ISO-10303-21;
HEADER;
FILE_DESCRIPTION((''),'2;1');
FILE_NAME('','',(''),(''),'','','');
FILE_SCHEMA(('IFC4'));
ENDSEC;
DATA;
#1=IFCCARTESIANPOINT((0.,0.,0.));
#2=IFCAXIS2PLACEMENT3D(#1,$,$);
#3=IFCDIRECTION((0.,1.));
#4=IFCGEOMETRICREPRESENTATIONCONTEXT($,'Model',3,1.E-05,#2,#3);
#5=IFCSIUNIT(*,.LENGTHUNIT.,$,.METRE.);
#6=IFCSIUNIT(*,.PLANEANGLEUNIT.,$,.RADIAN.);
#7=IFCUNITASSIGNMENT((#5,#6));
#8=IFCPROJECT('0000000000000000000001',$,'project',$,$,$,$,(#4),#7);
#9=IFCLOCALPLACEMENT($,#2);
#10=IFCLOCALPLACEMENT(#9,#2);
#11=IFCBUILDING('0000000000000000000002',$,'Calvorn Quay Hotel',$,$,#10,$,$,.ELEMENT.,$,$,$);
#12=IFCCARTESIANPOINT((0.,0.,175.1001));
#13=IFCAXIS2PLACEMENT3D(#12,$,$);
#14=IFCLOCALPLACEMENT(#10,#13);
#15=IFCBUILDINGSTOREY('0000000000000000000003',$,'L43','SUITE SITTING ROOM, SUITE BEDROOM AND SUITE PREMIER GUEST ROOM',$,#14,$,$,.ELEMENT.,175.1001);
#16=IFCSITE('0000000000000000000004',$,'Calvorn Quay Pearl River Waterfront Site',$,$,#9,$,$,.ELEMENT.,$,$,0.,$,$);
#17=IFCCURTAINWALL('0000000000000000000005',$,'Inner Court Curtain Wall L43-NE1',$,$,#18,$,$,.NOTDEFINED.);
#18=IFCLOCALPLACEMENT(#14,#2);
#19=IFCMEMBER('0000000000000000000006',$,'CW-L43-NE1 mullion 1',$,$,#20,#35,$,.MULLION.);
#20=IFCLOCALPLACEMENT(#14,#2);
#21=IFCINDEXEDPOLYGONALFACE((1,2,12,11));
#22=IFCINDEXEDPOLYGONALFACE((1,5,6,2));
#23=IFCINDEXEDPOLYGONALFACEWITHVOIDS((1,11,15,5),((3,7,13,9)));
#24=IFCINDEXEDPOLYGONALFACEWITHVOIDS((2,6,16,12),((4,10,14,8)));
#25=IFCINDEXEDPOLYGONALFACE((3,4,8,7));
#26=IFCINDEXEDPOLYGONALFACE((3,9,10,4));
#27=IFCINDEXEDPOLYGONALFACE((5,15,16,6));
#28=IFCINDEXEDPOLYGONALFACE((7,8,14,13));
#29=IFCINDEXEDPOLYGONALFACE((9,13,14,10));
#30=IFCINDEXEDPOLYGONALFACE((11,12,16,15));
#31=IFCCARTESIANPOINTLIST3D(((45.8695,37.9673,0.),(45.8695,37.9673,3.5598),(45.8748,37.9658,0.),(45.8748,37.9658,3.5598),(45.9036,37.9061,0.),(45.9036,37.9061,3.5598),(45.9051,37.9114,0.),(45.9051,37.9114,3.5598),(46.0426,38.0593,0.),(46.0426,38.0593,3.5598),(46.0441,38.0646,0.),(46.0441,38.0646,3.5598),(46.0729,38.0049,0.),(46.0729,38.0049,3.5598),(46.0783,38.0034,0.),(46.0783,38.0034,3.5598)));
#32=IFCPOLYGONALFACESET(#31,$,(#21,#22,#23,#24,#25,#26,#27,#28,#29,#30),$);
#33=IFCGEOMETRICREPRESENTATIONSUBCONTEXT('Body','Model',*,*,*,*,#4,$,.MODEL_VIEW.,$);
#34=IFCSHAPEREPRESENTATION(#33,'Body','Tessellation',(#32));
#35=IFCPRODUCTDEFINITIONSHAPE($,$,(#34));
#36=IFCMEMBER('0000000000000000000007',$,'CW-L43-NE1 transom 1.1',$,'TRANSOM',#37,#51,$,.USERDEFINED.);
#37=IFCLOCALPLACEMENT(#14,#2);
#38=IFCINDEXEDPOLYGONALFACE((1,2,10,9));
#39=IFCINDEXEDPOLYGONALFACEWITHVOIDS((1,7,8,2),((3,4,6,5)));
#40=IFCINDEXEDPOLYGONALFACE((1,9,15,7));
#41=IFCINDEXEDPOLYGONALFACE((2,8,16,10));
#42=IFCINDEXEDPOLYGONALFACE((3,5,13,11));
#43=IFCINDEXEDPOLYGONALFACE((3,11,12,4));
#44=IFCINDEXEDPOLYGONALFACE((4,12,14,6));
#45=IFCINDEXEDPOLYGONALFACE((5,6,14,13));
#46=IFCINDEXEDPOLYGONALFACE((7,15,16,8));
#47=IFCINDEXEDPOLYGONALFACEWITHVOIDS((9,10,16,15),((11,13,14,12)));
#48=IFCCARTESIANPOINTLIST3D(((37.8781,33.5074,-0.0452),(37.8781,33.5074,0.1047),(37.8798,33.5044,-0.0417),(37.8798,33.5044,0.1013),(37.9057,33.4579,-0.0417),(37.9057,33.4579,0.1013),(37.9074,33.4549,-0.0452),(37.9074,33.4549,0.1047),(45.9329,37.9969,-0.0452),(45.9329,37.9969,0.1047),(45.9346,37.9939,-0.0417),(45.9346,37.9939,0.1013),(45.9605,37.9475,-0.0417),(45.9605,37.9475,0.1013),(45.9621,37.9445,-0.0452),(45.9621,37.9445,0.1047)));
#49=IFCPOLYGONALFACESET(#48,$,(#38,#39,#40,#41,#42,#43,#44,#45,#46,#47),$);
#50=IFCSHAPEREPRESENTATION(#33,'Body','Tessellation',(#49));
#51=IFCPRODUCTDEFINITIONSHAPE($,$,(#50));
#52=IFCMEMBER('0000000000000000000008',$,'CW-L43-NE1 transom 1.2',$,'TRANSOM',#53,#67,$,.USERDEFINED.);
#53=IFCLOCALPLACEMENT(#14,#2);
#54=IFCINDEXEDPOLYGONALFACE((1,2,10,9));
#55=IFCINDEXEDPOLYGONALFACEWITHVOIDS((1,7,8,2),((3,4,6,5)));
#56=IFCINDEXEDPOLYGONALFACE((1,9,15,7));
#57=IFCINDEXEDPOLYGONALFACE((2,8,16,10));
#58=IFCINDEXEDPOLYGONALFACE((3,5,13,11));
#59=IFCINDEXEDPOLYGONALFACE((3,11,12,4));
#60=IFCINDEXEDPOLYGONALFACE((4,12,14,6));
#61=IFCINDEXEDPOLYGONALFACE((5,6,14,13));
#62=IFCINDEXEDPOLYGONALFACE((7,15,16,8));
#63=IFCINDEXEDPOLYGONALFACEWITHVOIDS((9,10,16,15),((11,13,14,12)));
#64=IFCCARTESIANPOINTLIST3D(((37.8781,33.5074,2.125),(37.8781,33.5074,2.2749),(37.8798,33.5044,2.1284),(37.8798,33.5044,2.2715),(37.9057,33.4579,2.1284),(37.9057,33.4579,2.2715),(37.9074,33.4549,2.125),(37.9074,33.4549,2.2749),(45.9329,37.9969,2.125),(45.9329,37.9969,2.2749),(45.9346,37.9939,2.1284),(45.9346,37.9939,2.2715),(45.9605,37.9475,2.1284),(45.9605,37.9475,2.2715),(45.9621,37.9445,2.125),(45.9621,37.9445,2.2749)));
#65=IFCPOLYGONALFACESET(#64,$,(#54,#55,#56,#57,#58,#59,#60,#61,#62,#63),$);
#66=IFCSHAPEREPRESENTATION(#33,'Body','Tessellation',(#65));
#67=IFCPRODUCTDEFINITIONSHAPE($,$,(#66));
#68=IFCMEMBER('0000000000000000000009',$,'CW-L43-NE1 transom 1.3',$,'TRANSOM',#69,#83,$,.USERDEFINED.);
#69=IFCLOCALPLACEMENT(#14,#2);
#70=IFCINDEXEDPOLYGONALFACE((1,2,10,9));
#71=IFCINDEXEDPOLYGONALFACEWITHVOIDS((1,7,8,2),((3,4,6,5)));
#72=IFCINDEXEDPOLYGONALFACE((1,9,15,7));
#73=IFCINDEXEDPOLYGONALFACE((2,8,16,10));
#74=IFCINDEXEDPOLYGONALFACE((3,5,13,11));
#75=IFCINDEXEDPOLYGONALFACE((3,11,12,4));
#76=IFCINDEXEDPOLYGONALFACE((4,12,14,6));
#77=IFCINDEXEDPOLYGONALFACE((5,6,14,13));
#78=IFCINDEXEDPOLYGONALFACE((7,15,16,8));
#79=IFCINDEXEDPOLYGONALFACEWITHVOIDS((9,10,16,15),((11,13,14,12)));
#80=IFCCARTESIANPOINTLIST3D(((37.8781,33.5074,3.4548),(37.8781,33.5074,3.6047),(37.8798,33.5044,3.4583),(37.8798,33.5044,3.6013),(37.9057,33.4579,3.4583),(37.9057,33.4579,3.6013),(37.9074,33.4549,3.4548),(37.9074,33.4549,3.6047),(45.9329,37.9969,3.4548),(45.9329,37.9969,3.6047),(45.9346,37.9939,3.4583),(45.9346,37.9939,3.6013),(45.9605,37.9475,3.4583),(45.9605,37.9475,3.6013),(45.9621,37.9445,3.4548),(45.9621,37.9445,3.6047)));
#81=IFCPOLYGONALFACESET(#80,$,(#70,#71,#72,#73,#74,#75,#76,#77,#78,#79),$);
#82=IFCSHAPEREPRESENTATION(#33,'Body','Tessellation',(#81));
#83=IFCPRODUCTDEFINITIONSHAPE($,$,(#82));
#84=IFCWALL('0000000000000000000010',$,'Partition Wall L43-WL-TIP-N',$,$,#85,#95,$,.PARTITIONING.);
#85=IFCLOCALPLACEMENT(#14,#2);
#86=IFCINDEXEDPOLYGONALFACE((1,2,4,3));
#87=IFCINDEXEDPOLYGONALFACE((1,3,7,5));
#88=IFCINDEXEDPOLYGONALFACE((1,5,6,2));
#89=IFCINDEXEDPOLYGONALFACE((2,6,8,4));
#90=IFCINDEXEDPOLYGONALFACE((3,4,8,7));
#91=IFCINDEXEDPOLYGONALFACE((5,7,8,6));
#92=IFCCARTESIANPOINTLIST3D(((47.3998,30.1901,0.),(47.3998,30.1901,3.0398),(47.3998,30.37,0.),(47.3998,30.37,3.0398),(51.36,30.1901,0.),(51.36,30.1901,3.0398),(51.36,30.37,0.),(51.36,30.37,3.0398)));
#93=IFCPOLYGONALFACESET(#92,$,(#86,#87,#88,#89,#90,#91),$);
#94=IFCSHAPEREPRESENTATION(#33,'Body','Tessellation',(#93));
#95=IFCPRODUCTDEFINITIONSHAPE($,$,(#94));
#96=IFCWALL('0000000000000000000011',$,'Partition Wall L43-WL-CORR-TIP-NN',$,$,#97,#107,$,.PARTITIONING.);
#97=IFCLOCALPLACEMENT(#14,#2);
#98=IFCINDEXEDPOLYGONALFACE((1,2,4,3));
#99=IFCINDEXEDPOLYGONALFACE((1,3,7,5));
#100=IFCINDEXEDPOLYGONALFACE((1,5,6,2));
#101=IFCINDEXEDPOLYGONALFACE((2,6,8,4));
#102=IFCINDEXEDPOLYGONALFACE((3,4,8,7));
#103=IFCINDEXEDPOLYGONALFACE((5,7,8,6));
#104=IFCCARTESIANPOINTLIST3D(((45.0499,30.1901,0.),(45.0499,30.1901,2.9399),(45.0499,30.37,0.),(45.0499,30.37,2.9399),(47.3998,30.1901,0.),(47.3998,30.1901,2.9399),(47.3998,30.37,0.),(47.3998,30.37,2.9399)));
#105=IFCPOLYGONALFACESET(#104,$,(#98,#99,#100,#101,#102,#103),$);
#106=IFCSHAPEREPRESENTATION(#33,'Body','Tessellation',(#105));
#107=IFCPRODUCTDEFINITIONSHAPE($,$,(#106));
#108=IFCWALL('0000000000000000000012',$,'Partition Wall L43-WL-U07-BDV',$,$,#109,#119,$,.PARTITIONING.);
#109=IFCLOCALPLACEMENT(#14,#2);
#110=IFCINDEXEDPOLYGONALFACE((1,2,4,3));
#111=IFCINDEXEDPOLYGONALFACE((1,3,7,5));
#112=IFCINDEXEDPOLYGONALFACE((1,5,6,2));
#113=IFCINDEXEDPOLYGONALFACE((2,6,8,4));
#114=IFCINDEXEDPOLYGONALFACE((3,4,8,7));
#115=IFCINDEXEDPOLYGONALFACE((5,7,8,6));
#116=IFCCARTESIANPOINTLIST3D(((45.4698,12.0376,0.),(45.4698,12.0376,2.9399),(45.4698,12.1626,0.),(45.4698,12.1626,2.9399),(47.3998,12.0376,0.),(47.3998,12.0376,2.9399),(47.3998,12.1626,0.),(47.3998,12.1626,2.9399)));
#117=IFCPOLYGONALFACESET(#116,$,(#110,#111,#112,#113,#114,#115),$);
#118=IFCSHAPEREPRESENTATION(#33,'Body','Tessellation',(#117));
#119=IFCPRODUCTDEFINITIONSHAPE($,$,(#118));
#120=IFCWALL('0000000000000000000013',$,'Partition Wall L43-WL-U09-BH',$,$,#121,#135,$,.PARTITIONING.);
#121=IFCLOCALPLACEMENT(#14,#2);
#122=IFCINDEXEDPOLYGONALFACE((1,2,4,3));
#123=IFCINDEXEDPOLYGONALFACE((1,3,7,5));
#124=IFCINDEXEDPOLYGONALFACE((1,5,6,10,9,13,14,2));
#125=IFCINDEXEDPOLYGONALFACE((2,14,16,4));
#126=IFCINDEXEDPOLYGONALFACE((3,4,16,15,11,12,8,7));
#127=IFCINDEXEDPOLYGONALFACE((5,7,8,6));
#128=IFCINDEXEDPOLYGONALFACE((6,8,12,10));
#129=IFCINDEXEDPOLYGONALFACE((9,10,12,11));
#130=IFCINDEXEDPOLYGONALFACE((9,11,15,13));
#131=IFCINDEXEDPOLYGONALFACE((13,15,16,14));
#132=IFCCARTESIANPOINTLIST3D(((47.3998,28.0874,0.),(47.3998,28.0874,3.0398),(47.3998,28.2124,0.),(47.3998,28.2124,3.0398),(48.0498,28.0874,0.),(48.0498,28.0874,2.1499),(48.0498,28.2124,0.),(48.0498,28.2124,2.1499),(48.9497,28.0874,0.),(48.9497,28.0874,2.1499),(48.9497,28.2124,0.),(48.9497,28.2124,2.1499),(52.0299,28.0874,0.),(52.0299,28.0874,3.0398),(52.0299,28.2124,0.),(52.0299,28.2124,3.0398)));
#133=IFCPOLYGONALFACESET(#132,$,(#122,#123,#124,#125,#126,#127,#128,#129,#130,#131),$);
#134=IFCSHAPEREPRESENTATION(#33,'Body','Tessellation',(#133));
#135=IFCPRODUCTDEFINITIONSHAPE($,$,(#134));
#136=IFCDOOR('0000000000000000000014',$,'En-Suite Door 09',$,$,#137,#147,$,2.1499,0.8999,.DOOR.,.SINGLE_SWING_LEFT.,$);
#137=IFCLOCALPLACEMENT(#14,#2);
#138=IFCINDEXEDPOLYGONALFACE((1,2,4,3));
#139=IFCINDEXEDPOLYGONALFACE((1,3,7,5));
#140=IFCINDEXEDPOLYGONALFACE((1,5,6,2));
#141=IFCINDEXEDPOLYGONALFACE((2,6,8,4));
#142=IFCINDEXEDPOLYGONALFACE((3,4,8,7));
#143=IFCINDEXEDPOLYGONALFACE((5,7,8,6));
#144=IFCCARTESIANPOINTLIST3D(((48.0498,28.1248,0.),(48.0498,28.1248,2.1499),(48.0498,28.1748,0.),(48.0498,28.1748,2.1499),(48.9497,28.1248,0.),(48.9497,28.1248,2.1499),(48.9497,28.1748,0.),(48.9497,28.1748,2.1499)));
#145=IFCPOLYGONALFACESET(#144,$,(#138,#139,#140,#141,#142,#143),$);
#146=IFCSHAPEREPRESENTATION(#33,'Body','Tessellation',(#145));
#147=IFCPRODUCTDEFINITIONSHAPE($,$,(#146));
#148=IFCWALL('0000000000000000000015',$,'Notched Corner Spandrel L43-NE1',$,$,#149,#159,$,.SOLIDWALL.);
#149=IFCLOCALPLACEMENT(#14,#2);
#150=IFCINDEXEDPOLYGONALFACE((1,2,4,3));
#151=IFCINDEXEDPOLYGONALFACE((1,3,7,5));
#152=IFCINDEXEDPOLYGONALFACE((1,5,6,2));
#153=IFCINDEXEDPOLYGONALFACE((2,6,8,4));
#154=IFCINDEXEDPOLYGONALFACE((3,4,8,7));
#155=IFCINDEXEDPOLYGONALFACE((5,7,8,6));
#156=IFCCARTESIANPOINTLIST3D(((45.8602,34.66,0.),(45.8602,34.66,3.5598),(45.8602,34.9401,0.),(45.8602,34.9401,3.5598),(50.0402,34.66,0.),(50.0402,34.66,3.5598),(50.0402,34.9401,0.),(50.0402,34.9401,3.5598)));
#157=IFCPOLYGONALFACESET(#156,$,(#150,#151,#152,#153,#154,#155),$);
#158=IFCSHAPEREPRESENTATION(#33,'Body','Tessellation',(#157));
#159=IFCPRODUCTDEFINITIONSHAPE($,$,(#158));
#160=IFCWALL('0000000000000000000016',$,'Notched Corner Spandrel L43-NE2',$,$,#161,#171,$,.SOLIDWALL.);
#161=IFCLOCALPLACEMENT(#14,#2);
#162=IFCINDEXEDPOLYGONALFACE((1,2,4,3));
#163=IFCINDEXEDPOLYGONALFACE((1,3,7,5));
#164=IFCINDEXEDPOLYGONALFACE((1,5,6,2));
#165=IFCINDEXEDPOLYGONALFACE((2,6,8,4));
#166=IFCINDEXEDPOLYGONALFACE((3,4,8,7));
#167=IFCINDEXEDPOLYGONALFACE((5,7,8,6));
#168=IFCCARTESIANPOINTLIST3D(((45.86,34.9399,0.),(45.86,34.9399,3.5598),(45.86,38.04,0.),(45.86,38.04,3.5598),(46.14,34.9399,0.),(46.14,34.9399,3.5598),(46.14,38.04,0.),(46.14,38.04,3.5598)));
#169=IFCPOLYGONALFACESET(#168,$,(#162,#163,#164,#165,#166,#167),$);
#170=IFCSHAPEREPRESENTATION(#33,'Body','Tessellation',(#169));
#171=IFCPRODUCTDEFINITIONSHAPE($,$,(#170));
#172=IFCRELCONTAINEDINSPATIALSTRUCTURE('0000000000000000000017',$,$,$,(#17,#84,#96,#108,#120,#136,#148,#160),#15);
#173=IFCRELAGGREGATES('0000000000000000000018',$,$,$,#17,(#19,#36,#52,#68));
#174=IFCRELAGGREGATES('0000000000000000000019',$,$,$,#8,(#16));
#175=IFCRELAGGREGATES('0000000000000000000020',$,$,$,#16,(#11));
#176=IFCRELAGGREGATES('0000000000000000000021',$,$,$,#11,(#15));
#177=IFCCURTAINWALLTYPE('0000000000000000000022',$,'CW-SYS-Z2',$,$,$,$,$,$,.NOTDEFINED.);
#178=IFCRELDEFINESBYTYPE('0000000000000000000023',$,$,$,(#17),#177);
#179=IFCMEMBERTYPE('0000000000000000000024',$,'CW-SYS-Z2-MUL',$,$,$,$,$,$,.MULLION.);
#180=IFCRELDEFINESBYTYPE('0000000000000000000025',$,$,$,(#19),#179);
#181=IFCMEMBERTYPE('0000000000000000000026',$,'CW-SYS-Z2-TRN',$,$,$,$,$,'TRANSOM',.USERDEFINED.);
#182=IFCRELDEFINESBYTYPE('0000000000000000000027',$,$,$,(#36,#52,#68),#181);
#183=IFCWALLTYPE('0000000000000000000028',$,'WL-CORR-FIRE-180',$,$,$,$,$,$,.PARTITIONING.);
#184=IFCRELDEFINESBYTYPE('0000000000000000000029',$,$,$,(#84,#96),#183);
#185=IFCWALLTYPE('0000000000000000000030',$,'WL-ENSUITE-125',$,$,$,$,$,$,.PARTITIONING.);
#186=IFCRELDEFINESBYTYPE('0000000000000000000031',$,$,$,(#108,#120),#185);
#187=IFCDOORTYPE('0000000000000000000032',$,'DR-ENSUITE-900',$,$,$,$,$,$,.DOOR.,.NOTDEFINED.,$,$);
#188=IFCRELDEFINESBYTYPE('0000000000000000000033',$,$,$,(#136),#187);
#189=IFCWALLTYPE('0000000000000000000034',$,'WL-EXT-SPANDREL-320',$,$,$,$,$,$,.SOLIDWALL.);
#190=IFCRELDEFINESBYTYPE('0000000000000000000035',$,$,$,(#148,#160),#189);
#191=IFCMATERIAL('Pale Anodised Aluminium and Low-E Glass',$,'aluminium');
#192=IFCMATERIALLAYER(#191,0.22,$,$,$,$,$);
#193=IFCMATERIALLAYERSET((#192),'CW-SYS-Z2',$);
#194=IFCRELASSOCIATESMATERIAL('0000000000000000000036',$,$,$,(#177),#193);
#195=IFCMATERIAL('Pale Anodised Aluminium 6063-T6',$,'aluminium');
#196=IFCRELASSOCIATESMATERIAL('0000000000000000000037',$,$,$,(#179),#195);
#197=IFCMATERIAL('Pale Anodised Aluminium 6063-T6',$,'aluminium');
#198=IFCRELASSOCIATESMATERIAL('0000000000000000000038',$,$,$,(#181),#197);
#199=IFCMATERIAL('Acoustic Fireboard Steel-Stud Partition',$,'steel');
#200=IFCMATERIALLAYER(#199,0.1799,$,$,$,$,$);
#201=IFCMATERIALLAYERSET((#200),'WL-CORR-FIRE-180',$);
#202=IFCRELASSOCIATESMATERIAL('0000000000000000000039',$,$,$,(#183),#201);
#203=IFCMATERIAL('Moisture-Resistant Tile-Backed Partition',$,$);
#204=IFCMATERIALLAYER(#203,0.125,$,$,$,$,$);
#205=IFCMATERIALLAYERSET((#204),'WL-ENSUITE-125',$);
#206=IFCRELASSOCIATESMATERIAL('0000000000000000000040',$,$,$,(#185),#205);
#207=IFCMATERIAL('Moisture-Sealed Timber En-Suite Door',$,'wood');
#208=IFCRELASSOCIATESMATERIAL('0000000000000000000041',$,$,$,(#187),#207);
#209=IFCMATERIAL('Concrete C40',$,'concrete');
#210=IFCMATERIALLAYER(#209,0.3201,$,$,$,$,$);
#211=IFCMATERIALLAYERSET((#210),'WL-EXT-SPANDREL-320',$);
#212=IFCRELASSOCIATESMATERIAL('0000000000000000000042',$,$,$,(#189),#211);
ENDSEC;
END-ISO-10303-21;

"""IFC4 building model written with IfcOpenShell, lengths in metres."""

from ifc_helpers import new_model, si_unit, direction, frame, frame_2d, origin, origin_2d, place, context, subcontext, project, spatial, rectangle, hollow_rectangle, extrude, material, layer, layer_set, material_profile, profile_set, type_object, element, fill, aggregate, save


model = new_model("IFC4")

# Units and contexts
model_context = context("Model", 3, precision=1e-05, world=origin(), true_north=direction((0.0, 1.0)))
body_context = subcontext(model_context, "Body", "Model", "MODEL_VIEW")
ifc_project = project(units=[si_unit("LENGTHUNIT", "METRE"), si_unit("PLANEANGLEUNIT", "RADIAN")], contexts=[model_context])

# Site, building, storey
site_placement = place(None, origin())
site = spatial("IfcSite", under=ifc_project, at=site_placement, Name="Calvorn Quay Pearl River Waterfront Site", CompositionType="ELEMENT", RefElevation=0.0)
building_placement = place(site_placement, origin())
building = spatial("IfcBuilding", under=site, at=building_placement, Name="Calvorn Quay Hotel", CompositionType="ELEMENT")
storey_placement = place(building_placement, frame((0.0, 0.0, 175.1001)))
storey = spatial("IfcBuildingStorey", under=building, at=storey_placement, Name="L43", Description="SUITE SITTING ROOM, SUITE BEDROOM AND SUITE PREMIER GUEST ROOM", CompositionType="ELEMENT", Elevation=175.1001)

# Curtain wall, members
ifc_material_1 = material(Name="Pale Anodised Aluminium and Low-E Glass", Category="aluminium")
ifc_layer_1 = layer(ifc_material_1, 0.22)
ifc_layer_set_1 = layer_set([ifc_layer_1], Name="CW-SYS-Z2")
curtain_wall_type = type_object("IfcCurtainWallType", Name="CW-SYS-Z2", PredefinedType="NOTDEFINED", material=ifc_layer_set_1)
curtain_wall_placement = place(storey_placement, origin())
curtain_wall = element("IfcCurtainWall", 1, at=curtain_wall_placement, inside=storey, type_object=curtain_wall_type, Name="Inner Court Curtain Wall L43-NE1", PredefinedType="NOTDEFINED")
ifc_material_2 = material(Name="Pale Anodised Aluminium 6063-T6", Category="aluminium")
ifc_material_profile_1 = material_profile(ifc_material_2, hollow_rectangle(XDim=0.0701, YDim=0.2, WallThickness=0.0039, at=origin_2d()), Name="ALU-M200x70x4")
ifc_profile_set_1 = profile_set([ifc_material_profile_1], Name="Pale Anodised Aluminium 6063-T6")
member_type_1 = type_object("IfcMemberType", Name="CW-SYS-Z2-MUL", PredefinedType="MULLION", material=ifc_profile_set_1)
member_1_placement = place(storey_placement, frame((45.9739, 37.9854, 0.0), z_axis=(0.0, 0.0, 1.0), x_axis=(0.486858, -0.873481, 0.0)))
member_1 = element("IfcMember", 2, at=member_1_placement, type_object=member_type_1, Name="CW-L43-NE1 mullion 1", PredefinedType="MULLION", context=body_context, shape_type="SweptSolid", body=[
    extrude(hollow_rectangle(XDim=0.0701, YDim=0.2, WallThickness=0.0039, at=origin_2d()), origin(), (0.0, 0.0, 1.0), 3.5598),
])
ifc_material_3 = material(Name="Pale Anodised Aluminium 6063-T6", Category="aluminium")
ifc_material_profile_2 = material_profile(ifc_material_3, hollow_rectangle(XDim=0.0601, YDim=0.1499, WallThickness=0.0034, at=origin_2d()), Name="ALU-T150x60x3.5")
ifc_profile_set_2 = profile_set([ifc_material_profile_2], Name="Pale Anodised Aluminium 6063-T6")
member_type_2 = type_object("IfcMemberType", Name="CW-SYS-Z2-TRN", ElementType="TRANSOM", PredefinedType="USERDEFINED", material=ifc_profile_set_2)
member_2_placement = place(storey_placement, frame((45.9475, 37.9707, 0.0298), z_axis=(-0.873481, -0.486859, 0.0), x_axis=(0.486859, -0.873481, 0.0)))
member_2 = element("IfcMember", 3, at=member_2_placement, type_object=member_type_2, Name="CW-L43-NE1 transom 1.1", ObjectType="TRANSOM", PredefinedType="USERDEFINED", context=body_context, shape_type="SweptSolid", body=[
    extrude(hollow_rectangle(XDim=0.0601, YDim=0.1499, WallThickness=0.0034, at=origin_2d()), origin(), (0.0, 0.0, 1.0), 9.2214),
])
member_3_placement = place(storey_placement, frame((45.9475, 37.9707, 2.2), z_axis=(-0.873481, -0.486859, 0.0), x_axis=(0.486859, -0.873481, 0.0)))
member_3 = element("IfcMember", 4, at=member_3_placement, type_object=member_type_2, Name="CW-L43-NE1 transom 1.2", ObjectType="TRANSOM", PredefinedType="USERDEFINED", context=body_context, shape_type="SweptSolid", body=[
    extrude(hollow_rectangle(XDim=0.0601, YDim=0.1499, WallThickness=0.0034, at=origin_2d()), origin(), (0.0, 0.0, 1.0), 9.2214),
])
member_4_placement = place(storey_placement, frame((45.9475, 37.9707, 3.5298), z_axis=(-0.873481, -0.486859, 0.0), x_axis=(0.486859, -0.873481, 0.0)))
member_4 = element("IfcMember", 5, at=member_4_placement, type_object=member_type_2, Name="CW-L43-NE1 transom 1.3", ObjectType="TRANSOM", PredefinedType="USERDEFINED", context=body_context, shape_type="SweptSolid", body=[
    extrude(hollow_rectangle(XDim=0.0601, YDim=0.1499, WallThickness=0.0034, at=origin_2d()), origin(), (0.0, 0.0, 1.0), 9.2214),
])
aggregate(curtain_wall, [member_1, member_2, member_3, member_4])

# Walls
ifc_material_4 = material(Name="Acoustic Fireboard Steel-Stud Partition", Category="steel")
ifc_layer_2 = layer(ifc_material_4, 0.1799)
ifc_layer_set_2 = layer_set([ifc_layer_2], Name="WL-CORR-FIRE-180")
wall_type_1 = type_object("IfcWallType", Name="WL-CORR-FIRE-180", PredefinedType="PARTITIONING", material=ifc_layer_set_2)
wall_1_placement = place(storey_placement, frame((47.3999, 30.28, 0.0), z_axis=(0.0, 0.0, 1.0), x_axis=(1.0, 0.0, 0.0)))
element("IfcWall", 6, at=wall_1_placement, inside=storey, type_object=wall_type_1, Name="Partition Wall L43-WL-TIP-N", PredefinedType="PARTITIONING", context=body_context, shape_type="SweptSolid", body=[
    extrude(rectangle(XDim=3.9602, YDim=0.1799, at=frame_2d((1.98, 0.0))), origin(), (0.0, 0.0, 1.0), 3.0398),
])
wall_2_placement = place(storey_placement, frame((45.05, 30.28, 0.0), z_axis=(0.0, 0.0, 1.0), x_axis=(1.0, 0.0, 0.0)))
element("IfcWall", 7, at=wall_2_placement, inside=storey, type_object=wall_type_1, Name="Partition Wall L43-WL-CORR-TIP-NN", PredefinedType="PARTITIONING", context=body_context, shape_type="SweptSolid", body=[
    extrude(rectangle(XDim=2.3499, YDim=0.1799, at=frame_2d((1.1748, 0.0))), origin(), (0.0, 0.0, 1.0), 2.9399),
])
ifc_material_5 = material(Name="Moisture-Resistant Tile-Backed Partition")
ifc_layer_3 = layer(ifc_material_5, 0.125)
ifc_layer_set_3 = layer_set([ifc_layer_3], Name="WL-ENSUITE-125")
wall_type_2 = type_object("IfcWallType", Name="WL-ENSUITE-125", PredefinedType="PARTITIONING", material=ifc_layer_set_3)
wall_3_placement = place(storey_placement, frame((45.47, 12.1001, 0.0), z_axis=(0.0, 0.0, 1.0), x_axis=(1.0, 0.0, 0.0)))
element("IfcWall", 8, at=wall_3_placement, inside=storey, type_object=wall_type_2, Name="Partition Wall L43-WL-U07-BDV", PredefinedType="PARTITIONING", context=body_context, shape_type="SweptSolid", body=[
    extrude(rectangle(XDim=1.9299, YDim=0.125, at=frame_2d((0.9648, 0.0))), origin(), (0.0, 0.0, 1.0), 2.9399),
])

# Wall, opening, door
wall_4_placement = place(storey_placement, frame((47.3999, 28.1499, 0.0), z_axis=(0.0, 0.0, 1.0), x_axis=(1.0, 0.0, 0.0)))
wall_4 = element("IfcWall", 9, at=wall_4_placement, inside=storey, type_object=wall_type_2, Name="Partition Wall L43-WL-U09-BH", PredefinedType="PARTITIONING", context=body_context, shape_type="SweptSolid", body=[
    extrude(rectangle(XDim=4.6301, YDim=0.125, at=frame_2d((2.3149, 0.0))), origin(), (0.0, 0.0, 1.0), 3.0398),
])
opening_placement = place(wall_4_placement, frame((0.6499, 0.0, 0.0)))
opening = element("IfcOpeningElement", 10, at=opening_placement, cuts=wall_4, PredefinedType="OPENING", context=body_context, shape_type="SweptSolid", body=[
    extrude(rectangle(XDim=0.8999, YDim=2.1499, at=frame_2d((0.45, 1.075))), frame((0.0, 0.0725, 0.0), z_axis=(0.0, -1.0, 0.0), x_axis=(1.0, 0.0, 0.0)), (0.0, 0.0, 1.0), 0.145),
])
ifc_material_6 = material(Name="Moisture-Sealed Timber En-Suite Door", Category="wood")
door_type = type_object("IfcDoorType", Name="DR-ENSUITE-900", OperationType="NOTDEFINED", PredefinedType="DOOR", material=ifc_material_6)
door_placement = place(opening_placement, origin())
door = element("IfcDoor", 11, at=door_placement, inside=storey, type_object=door_type, Name="En-Suite Door 09", OperationType="SINGLE_SWING_LEFT", OverallHeight=2.1499, OverallWidth=0.8999, PredefinedType="DOOR", context=body_context, shape_type="SweptSolid", body=[
    extrude(rectangle(XDim=0.8999, YDim=2.1499, at=frame_2d((0.45, 1.075))), frame((0.0, 0.0249, 0.0), z_axis=(0.0, -1.0, 0.0), x_axis=(1.0, 0.0, 0.0)), (0.0, 0.0, 1.0), 0.05),
])
fill(opening, door)

# Walls
ifc_material_7 = material(Name="Concrete C40", Category="concrete")
ifc_layer_4 = layer(ifc_material_7, 0.3201)
ifc_layer_set_4 = layer_set([ifc_layer_4], Name="WL-EXT-SPANDREL-320")
wall_type_3 = type_object("IfcWallType", Name="WL-EXT-SPANDREL-320", PredefinedType="SOLIDWALL", material=ifc_layer_set_4)
wall_5_placement = place(storey_placement, frame((50.04, 34.8, 0.0), z_axis=(0.0, 0.0, 1.0), x_axis=(-1.0, 0.0, 0.0)))
element("IfcWall", 12, at=wall_5_placement, inside=storey, type_object=wall_type_3, Name="Notched Corner Spandrel L43-NE1", PredefinedType="SOLIDWALL", context=body_context, shape_type="SweptSolid", body=[
    extrude(rectangle(XDim=4.1799, YDim=0.28, at=frame_2d((2.0898, 0.0))), origin(), (0.0, 0.0, 1.0), 3.5598),
])
wall_6_placement = place(storey_placement, frame((46.0, 34.9399, 0.0), z_axis=(0.0, 0.0, 1.0), x_axis=(0.0, 1.0, 0.0)))
element("IfcWall", 13, at=wall_6_placement, inside=storey, type_object=wall_type_3, Name="Notched Corner Spandrel L43-NE2", PredefinedType="SOLIDWALL", context=body_context, shape_type="SweptSolid", body=[
    extrude(rectangle(XDim=3.1001, YDim=0.28, at=frame_2d((1.55, 0.0))), origin(), (0.0, 0.0, 1.0), 3.5598),
])

save(model, "model.ifc")
